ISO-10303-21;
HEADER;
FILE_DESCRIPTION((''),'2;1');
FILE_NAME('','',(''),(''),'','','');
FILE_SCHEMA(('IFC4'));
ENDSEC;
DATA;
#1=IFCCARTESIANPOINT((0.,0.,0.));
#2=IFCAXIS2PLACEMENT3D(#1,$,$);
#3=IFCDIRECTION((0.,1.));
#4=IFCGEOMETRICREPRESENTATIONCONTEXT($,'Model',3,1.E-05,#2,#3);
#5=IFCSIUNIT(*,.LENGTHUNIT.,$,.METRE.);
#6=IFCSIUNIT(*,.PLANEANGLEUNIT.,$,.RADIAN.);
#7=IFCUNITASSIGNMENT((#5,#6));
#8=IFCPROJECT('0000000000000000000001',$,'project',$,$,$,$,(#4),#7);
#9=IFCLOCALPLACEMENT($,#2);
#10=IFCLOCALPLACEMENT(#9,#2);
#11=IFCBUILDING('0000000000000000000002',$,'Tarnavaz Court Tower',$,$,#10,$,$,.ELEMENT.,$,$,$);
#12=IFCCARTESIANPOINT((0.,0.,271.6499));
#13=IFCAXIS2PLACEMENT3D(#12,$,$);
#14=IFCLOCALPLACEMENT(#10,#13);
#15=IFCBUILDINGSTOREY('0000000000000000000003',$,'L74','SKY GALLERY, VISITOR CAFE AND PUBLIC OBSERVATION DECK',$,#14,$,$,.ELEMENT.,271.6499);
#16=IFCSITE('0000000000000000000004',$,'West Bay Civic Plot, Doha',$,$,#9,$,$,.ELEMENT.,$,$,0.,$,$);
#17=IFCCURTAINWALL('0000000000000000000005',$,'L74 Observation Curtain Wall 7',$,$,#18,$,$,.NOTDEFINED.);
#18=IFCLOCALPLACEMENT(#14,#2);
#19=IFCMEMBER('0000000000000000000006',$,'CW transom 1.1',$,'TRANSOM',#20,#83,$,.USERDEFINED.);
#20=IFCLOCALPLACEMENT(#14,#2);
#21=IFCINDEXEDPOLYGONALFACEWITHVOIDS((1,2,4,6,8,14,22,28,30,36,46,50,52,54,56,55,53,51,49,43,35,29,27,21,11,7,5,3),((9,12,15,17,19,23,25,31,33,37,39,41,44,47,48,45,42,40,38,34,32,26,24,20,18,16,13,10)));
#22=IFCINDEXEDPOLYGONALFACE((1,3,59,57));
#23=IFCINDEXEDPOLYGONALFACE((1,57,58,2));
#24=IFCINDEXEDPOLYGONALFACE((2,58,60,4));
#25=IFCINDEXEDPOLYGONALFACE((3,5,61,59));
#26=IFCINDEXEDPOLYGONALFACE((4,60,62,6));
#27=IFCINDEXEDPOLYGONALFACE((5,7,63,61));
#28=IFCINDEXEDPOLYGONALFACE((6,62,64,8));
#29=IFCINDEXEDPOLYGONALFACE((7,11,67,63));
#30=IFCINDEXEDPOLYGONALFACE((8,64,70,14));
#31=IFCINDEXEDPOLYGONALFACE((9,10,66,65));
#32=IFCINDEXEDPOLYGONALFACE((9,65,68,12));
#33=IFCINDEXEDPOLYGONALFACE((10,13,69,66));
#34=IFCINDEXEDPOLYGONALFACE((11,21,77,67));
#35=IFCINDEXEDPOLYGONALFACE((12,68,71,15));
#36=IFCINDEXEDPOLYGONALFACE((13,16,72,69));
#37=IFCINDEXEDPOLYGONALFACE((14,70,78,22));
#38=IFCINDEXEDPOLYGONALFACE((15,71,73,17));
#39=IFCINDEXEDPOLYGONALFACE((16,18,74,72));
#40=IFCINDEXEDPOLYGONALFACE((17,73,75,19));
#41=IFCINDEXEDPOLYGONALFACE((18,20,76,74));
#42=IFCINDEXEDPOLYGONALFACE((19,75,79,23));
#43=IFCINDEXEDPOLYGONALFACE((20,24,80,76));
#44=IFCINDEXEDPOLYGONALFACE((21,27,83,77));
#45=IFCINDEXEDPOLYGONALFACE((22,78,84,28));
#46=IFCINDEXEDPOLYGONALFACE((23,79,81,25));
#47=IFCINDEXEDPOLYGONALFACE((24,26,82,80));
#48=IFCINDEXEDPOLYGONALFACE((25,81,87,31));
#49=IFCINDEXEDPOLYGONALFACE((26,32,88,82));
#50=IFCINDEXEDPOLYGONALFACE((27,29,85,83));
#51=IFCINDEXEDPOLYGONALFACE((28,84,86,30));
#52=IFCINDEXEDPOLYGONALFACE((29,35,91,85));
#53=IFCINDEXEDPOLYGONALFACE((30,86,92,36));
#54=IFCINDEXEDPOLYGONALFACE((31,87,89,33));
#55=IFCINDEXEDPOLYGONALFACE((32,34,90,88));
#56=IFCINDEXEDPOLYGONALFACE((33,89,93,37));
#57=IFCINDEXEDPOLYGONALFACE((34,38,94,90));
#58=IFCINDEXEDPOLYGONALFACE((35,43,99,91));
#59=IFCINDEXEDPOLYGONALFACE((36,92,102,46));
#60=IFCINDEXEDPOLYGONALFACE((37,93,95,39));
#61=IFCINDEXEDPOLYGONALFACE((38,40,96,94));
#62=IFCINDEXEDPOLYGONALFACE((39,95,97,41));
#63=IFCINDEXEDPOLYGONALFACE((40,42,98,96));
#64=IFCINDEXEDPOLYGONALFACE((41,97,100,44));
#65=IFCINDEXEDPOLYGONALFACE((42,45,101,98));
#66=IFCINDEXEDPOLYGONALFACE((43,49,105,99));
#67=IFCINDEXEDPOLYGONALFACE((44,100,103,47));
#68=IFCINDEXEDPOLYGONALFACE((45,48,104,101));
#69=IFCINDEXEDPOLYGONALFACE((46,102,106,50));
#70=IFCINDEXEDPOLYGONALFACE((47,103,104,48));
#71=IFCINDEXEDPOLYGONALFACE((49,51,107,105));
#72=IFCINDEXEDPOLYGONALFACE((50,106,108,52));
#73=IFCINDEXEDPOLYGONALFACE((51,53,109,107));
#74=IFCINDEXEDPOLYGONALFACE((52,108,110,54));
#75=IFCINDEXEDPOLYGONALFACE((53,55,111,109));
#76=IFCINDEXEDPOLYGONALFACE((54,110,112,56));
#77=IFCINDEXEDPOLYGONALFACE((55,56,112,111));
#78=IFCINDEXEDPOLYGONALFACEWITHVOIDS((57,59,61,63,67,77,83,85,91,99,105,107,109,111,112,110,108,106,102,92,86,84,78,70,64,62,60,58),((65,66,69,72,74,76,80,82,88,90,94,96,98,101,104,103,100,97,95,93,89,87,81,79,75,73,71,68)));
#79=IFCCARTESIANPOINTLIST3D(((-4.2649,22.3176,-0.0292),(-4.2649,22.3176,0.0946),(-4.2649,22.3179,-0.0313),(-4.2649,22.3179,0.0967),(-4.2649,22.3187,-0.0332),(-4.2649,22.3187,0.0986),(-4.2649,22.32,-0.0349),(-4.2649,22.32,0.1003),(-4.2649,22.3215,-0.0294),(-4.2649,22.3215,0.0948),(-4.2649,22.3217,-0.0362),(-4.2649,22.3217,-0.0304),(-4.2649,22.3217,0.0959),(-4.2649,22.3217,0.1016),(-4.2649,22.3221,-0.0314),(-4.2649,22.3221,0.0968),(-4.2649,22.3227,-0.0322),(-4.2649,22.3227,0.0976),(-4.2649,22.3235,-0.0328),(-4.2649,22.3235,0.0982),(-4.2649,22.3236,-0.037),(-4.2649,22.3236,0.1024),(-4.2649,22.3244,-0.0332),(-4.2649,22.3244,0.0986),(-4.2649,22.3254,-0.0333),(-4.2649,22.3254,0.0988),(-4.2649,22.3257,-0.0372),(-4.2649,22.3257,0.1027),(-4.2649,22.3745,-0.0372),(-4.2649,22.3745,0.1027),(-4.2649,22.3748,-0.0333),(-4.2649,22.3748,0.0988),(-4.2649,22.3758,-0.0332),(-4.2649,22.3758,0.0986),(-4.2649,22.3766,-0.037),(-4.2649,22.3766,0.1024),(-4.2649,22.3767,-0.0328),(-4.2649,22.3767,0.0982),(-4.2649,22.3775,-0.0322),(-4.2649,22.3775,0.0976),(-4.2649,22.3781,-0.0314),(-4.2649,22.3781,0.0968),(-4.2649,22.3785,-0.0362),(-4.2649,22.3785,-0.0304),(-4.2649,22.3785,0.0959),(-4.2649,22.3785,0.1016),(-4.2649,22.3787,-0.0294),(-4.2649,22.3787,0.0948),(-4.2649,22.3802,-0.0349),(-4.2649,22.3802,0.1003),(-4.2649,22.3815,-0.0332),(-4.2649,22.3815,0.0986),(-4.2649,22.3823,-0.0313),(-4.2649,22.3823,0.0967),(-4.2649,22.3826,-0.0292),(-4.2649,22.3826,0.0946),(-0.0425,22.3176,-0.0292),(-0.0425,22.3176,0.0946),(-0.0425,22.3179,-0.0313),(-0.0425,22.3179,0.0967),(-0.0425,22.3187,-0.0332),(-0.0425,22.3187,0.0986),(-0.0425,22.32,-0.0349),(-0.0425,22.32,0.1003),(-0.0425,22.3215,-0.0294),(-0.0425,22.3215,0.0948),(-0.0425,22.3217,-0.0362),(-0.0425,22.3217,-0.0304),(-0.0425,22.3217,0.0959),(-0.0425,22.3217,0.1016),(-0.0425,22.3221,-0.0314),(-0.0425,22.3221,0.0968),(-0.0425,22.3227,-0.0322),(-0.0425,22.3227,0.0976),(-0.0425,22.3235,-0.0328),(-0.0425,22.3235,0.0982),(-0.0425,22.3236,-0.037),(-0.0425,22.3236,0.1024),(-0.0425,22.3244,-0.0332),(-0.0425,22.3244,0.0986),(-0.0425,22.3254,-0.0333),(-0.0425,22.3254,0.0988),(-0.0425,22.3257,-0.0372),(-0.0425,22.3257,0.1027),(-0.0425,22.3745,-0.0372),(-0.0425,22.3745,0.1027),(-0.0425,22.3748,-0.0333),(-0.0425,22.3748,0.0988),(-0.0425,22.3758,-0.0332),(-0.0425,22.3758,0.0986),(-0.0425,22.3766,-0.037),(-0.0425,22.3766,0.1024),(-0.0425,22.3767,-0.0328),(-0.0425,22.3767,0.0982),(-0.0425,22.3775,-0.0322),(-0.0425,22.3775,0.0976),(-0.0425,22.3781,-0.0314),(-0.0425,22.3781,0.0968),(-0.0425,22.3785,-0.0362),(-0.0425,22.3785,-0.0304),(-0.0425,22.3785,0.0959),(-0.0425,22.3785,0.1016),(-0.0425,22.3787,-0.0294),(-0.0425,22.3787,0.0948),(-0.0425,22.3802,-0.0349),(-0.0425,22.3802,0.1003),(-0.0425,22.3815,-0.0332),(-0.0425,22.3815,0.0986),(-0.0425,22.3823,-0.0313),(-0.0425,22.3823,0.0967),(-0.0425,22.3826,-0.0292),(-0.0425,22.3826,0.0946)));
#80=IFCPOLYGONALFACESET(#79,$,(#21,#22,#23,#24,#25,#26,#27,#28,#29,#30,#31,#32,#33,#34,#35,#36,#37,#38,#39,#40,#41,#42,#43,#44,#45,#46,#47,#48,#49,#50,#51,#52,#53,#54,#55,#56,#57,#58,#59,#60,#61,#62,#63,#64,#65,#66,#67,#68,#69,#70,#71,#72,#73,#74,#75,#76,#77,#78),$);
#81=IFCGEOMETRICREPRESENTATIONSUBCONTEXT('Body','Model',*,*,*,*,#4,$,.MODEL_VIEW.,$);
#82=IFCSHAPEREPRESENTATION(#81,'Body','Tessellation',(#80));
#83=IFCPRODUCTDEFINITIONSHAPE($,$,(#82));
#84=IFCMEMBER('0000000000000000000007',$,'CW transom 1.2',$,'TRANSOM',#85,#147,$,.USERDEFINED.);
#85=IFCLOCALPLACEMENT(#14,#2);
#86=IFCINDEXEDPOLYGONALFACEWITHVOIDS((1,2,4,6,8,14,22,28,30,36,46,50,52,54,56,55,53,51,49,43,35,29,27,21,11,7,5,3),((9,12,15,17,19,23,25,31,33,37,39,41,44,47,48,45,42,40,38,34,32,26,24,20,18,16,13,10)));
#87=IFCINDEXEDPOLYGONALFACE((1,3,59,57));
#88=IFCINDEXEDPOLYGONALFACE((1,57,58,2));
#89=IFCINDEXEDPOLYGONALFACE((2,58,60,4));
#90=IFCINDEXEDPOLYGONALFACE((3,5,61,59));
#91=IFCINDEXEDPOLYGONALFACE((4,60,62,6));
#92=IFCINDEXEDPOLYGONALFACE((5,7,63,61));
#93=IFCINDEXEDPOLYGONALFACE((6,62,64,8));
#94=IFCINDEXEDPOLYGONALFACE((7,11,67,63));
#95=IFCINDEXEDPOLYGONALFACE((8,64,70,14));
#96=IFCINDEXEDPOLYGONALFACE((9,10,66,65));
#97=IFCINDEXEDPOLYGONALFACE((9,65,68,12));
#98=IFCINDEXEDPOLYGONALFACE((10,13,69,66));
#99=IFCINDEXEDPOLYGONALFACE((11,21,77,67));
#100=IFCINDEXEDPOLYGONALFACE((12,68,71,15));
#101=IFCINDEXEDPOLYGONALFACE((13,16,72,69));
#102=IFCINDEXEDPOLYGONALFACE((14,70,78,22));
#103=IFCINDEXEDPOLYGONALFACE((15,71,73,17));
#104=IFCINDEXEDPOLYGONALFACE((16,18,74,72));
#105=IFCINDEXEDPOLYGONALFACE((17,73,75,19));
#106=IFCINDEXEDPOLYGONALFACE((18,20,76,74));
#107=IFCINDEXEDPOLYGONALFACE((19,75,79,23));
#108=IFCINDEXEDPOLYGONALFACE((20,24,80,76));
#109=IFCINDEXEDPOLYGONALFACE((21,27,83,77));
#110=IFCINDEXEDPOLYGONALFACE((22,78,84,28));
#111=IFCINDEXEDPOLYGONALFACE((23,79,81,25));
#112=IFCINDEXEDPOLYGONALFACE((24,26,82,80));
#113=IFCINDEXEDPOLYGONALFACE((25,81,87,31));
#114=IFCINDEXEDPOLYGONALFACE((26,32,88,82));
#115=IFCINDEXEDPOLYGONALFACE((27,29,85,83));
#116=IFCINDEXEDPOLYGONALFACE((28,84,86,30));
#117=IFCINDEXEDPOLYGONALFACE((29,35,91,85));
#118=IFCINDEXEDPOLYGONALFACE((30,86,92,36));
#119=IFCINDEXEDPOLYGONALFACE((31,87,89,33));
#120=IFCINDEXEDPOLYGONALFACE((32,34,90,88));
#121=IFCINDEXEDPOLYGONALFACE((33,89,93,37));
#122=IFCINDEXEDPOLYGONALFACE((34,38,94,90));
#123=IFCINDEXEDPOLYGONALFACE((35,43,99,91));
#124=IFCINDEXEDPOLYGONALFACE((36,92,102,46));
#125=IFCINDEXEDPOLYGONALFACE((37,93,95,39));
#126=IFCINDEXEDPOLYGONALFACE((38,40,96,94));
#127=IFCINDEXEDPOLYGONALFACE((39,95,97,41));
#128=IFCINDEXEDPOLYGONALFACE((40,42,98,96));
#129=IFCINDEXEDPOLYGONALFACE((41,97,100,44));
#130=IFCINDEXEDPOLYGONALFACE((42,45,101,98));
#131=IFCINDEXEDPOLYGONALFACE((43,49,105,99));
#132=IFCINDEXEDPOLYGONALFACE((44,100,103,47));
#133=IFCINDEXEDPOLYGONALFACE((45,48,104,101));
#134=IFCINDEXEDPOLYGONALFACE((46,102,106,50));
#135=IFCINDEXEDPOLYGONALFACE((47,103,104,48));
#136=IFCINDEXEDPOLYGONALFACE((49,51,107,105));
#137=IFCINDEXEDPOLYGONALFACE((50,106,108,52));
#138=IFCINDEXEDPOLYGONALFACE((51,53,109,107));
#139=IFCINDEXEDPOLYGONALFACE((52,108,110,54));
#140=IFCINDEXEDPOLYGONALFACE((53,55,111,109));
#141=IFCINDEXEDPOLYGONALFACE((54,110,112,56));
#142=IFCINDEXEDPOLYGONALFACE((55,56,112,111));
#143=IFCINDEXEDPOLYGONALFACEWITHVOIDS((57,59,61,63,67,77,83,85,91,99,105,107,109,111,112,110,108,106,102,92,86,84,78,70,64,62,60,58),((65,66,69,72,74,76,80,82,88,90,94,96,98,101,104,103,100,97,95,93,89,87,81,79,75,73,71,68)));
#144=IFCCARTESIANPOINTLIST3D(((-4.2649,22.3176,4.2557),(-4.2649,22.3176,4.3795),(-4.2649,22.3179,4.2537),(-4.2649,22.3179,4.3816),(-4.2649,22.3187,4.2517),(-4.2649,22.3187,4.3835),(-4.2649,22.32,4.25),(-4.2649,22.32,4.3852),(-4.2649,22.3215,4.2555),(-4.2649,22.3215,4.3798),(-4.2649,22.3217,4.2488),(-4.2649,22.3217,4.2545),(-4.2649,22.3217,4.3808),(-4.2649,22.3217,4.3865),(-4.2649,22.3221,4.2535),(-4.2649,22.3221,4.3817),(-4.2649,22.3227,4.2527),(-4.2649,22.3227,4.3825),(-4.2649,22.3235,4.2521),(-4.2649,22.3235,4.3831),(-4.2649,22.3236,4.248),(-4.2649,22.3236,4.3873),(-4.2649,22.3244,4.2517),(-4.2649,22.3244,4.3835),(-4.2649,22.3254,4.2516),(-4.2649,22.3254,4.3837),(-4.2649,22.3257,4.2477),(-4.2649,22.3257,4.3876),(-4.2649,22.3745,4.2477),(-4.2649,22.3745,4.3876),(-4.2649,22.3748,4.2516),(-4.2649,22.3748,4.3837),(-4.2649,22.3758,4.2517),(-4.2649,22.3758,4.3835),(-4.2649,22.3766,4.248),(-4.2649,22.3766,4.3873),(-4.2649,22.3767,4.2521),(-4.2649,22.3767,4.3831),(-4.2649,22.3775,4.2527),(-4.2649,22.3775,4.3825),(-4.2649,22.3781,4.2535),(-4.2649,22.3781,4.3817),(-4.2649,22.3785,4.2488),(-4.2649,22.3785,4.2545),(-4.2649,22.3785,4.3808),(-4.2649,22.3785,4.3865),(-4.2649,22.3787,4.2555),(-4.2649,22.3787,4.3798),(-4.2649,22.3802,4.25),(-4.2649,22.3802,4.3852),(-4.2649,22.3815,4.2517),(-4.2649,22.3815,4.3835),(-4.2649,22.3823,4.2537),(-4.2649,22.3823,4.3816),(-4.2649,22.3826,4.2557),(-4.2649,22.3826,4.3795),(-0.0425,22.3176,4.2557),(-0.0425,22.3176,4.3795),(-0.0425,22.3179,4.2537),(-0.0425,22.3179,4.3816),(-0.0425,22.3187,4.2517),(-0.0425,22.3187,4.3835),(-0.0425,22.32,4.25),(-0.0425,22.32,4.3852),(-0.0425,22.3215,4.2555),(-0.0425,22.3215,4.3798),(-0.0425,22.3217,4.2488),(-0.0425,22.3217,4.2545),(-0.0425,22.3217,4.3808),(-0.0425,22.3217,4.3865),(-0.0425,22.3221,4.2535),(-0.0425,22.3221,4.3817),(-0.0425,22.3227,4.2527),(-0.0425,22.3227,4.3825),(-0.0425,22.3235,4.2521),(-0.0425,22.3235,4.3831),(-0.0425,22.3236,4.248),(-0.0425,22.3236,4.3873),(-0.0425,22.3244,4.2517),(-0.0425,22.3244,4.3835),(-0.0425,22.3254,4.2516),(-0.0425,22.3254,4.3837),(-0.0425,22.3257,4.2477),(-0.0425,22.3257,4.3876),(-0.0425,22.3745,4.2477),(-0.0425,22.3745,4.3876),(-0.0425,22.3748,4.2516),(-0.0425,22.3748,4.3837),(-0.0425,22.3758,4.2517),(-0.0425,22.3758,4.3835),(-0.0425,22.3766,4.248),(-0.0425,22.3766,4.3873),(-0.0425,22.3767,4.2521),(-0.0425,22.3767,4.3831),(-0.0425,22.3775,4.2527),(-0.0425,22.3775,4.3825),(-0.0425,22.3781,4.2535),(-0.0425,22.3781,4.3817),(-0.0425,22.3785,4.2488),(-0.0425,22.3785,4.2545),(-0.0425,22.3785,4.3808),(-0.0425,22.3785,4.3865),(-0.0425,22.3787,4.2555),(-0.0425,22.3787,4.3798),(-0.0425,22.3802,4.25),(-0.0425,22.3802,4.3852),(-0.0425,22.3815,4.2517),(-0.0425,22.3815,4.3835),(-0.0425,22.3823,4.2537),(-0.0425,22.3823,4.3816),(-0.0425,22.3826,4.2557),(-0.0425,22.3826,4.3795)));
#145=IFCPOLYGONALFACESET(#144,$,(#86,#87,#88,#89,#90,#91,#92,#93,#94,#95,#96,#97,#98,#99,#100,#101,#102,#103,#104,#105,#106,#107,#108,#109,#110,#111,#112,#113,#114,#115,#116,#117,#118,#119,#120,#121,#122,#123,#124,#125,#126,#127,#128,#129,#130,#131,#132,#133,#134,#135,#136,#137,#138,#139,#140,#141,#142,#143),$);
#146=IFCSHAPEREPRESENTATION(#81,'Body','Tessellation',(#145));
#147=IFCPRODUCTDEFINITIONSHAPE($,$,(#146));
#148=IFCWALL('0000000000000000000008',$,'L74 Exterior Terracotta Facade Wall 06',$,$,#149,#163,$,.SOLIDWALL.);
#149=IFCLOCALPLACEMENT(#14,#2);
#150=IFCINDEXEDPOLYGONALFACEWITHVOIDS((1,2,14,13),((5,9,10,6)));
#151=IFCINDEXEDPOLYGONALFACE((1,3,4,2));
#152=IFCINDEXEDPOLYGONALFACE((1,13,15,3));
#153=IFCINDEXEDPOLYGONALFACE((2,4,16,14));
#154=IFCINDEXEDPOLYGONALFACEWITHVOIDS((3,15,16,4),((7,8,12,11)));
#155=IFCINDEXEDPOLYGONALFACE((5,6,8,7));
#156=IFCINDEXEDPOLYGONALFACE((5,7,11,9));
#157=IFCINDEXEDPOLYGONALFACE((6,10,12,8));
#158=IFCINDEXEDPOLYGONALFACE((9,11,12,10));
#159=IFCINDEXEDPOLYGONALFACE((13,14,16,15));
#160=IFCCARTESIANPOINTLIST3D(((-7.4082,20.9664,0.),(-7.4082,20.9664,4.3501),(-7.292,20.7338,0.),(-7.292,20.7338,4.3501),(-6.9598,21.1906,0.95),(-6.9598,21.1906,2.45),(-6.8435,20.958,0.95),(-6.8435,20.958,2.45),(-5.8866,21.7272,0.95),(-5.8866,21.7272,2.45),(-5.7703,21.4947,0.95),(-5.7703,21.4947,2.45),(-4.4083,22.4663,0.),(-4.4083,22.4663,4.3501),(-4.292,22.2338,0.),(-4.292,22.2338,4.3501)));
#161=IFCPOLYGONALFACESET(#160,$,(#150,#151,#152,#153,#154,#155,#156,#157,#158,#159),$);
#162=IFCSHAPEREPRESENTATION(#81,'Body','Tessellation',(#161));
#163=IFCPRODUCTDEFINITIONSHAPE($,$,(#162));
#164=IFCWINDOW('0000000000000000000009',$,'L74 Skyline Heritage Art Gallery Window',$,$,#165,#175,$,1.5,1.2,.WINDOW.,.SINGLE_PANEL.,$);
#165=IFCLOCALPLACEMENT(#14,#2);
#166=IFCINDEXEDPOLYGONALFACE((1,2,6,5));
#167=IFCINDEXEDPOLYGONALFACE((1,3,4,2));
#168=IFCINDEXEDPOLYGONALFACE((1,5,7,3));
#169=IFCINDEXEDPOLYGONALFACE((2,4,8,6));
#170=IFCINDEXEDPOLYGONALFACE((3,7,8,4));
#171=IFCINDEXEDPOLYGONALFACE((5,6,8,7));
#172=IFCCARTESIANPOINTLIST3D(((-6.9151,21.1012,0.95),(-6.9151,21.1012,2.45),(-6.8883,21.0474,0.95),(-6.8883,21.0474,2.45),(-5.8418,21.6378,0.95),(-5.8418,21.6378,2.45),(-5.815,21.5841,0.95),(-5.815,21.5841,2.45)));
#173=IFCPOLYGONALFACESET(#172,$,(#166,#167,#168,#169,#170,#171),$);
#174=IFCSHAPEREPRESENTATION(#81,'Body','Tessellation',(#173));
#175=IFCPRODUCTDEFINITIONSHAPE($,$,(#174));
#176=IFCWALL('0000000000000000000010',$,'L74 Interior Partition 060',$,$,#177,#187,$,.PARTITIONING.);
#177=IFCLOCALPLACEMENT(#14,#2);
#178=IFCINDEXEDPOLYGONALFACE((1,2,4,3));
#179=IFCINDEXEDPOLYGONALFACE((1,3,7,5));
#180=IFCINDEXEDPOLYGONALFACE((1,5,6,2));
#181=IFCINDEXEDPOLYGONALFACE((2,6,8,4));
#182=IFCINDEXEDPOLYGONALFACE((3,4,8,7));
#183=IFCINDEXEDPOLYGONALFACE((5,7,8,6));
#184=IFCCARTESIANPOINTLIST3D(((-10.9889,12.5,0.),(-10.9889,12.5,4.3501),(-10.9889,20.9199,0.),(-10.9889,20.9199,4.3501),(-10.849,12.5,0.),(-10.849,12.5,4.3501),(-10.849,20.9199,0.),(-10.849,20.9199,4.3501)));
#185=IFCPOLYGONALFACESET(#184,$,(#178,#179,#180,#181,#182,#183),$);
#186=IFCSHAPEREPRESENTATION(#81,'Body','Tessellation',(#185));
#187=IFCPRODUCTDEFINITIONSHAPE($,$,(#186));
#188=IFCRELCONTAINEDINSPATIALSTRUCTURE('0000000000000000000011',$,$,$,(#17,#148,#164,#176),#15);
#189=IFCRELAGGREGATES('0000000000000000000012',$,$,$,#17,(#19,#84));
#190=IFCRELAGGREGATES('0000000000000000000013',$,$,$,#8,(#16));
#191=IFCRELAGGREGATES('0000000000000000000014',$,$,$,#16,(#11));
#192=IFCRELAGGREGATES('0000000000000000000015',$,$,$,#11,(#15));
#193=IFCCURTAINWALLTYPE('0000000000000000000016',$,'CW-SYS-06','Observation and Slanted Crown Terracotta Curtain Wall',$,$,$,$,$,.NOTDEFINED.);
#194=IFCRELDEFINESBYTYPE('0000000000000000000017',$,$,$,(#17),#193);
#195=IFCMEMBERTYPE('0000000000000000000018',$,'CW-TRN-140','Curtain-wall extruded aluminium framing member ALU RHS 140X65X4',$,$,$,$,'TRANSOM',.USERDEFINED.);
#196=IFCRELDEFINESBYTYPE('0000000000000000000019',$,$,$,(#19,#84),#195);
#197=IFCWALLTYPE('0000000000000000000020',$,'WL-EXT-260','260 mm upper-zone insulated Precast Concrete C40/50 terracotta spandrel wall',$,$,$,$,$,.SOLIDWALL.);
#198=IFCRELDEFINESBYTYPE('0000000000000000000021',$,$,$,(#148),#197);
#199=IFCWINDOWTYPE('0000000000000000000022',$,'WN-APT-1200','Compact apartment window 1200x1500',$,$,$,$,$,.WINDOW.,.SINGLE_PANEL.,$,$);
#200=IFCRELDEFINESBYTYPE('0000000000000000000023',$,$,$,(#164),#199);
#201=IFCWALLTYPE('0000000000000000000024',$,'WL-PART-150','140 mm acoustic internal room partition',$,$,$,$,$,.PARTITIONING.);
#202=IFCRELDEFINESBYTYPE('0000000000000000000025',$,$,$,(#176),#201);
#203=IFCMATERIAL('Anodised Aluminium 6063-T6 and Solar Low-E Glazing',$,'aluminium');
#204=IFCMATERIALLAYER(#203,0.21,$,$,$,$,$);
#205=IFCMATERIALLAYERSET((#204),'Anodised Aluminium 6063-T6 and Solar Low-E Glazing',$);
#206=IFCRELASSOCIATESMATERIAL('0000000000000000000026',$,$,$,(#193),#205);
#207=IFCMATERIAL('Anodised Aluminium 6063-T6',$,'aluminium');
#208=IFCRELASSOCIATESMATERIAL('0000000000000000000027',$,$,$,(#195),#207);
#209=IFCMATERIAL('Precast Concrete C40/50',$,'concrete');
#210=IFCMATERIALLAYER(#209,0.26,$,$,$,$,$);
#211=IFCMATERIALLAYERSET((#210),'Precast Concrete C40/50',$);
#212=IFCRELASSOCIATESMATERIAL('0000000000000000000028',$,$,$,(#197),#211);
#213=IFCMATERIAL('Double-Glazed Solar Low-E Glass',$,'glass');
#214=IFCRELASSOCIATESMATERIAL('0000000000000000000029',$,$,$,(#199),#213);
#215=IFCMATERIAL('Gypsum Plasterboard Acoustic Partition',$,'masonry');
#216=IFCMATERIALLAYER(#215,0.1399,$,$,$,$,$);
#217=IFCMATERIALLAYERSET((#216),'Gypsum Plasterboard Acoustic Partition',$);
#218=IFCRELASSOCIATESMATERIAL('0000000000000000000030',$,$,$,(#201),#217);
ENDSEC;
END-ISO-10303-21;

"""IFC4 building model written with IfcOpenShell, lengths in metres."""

from ifc_helpers import new_model, si_unit, direction, frame, frame_2d, origin, origin_2d, place, context, subcontext, project, spatial, rectangle, hollow_rectangle, extrude, material, layer, layer_set, material_profile, profile_set, type_object, element, fill, aggregate, save


model = new_model("IFC4")

# Units and contexts
model_context = context("Model", 3, precision=1e-05, world=origin(), true_north=direction((0.0, 1.0)))
body_context = subcontext(model_context, "Body", "Model", "MODEL_VIEW")
ifc_project = project(units=[si_unit("LENGTHUNIT", "METRE"), si_unit("PLANEANGLEUNIT", "RADIAN")], contexts=[model_context])

# Site, building, storey
site_placement = place(None, origin())
site = spatial("IfcSite", under=ifc_project, at=site_placement, Name="West Bay Civic Plot, Doha", CompositionType="ELEMENT", RefElevation=0.0)
building_placement = place(site_placement, origin())
building = spatial("IfcBuilding", under=site, at=building_placement, Name="Tarnavaz Court Tower", CompositionType="ELEMENT")
storey_placement = place(building_placement, frame((0.0, 0.0, 271.6499)))
storey = spatial("IfcBuildingStorey", under=building, at=storey_placement, Name="L74", Description="SKY GALLERY, VISITOR CAFE AND PUBLIC OBSERVATION DECK", CompositionType="ELEMENT", Elevation=271.6499)

# Curtain wall, members
ifc_material_1 = material(Name="Anodised Aluminium 6063-T6 and Solar Low-E Glazing", Category="aluminium")
ifc_layer_1 = layer(ifc_material_1, 0.21)
ifc_layer_set_1 = layer_set([ifc_layer_1], Name="Anodised Aluminium 6063-T6 and Solar Low-E Glazing")
curtain_wall_type = type_object("IfcCurtainWallType", Name="CW-SYS-06", Description="Observation and Slanted Crown Terracotta Curtain Wall", PredefinedType="NOTDEFINED", material=ifc_layer_set_1)
curtain_wall_placement = place(storey_placement, origin())
curtain_wall = element("IfcCurtainWall", 1, at=curtain_wall_placement, inside=storey, type_object=curtain_wall_type, Name="L74 Observation Curtain Wall 7", PredefinedType="NOTDEFINED")
ifc_material_2 = material(Name="Anodised Aluminium 6063-T6", Category="aluminium")
ifc_material_profile_1 = material_profile(ifc_material_2, hollow_rectangle(XDim=0.0649, YDim=0.1399, WallThickness=0.0039, InnerFilletRadius=0.0039, OuterFilletRadius=0.0081, at=origin_2d()), Name="ALU RHS 140X65X4")
ifc_profile_set_1 = profile_set([ifc_material_profile_1], Name="Anodised Aluminium 6063-T6")
member_type_1 = type_object("IfcMemberType", Name="CW-TRN-140", Description="Curtain-wall extruded aluminium framing member ALU RHS 140X65X4", ElementType="TRANSOM", PredefinedType="USERDEFINED", material=ifc_profile_set_1)
member_1_placement = place(storey_placement, frame((-4.2649, 22.3501, 0.0327), z_axis=(1.0, 0.0, 0.0), x_axis=(0.0, 1.0, 0.0)))
member_1 = element("IfcMember", 2, at=member_1_placement, type_object=member_type_1, Name="CW transom 1.1", ObjectType="TRANSOM", PredefinedType="USERDEFINED", context=body_context, shape_type="SweptSolid", body=[
    extrude(hollow_rectangle(XDim=0.0649, YDim=0.1399, WallThickness=0.0039, InnerFilletRadius=0.0039, OuterFilletRadius=0.0081, at=origin_2d()), origin(), (0.0, 0.0, 1.0), 4.2224),
])
member_2_placement = place(storey_placement, frame((-4.2649, 22.3501, 4.3176), z_axis=(1.0, 0.0, 0.0), x_axis=(0.0, 1.0, 0.0)))
member_2 = element("IfcMember", 3, at=member_2_placement, type_object=member_type_1, Name="CW transom 1.2", ObjectType="TRANSOM", PredefinedType="USERDEFINED", context=body_context, shape_type="SweptSolid", body=[
    extrude(hollow_rectangle(XDim=0.0649, YDim=0.1399, WallThickness=0.0039, InnerFilletRadius=0.0039, OuterFilletRadius=0.0081, at=origin_2d()), origin(), (0.0, 0.0, 1.0), 4.2224),
])
aggregate(curtain_wall, [member_1, member_2])

# Wall, opening, window
ifc_material_3 = material(Name="Precast Concrete C40/50", Category="concrete")
ifc_layer_2 = layer(ifc_material_3, 0.26)
ifc_layer_set_2 = layer_set([ifc_layer_2], Name="Precast Concrete C40/50")
wall_type_1 = type_object("IfcWallType", Name="WL-EXT-260", Description="260 mm upper-zone insulated Precast Concrete C40/50 terracotta spandrel wall", PredefinedType="SOLIDWALL", material=ifc_layer_set_2)
wall_1_placement = place(storey_placement, frame((-7.3501, 20.8501, 0.0), z_axis=(0.0, 0.0, 1.0), x_axis=(0.894427, 0.447214, 0.0)))
wall_1 = element("IfcWall", 4, at=wall_1_placement, inside=storey, type_object=wall_type_1, Name="L74 Exterior Terracotta Facade Wall 06", PredefinedType="SOLIDWALL", context=body_context, shape_type="SweptSolid", body=[
    extrude(rectangle(XDim=3.354, YDim=0.26, at=frame_2d((1.677, 0.0))), origin(), (0.0, 0.0, 1.0), 4.3501),
])
opening_placement = place(wall_1_placement, frame((0.5012, 0.0, 0.95)))
opening = element("IfcOpeningElement", 5, at=opening_placement, cuts=wall_1, PredefinedType="OPENING", context=body_context, shape_type="SweptSolid", body=[
    extrude(rectangle(XDim=1.2, YDim=1.5, at=frame_2d((0.6001, 0.75))), frame((0.0, 0.1399, 0.0), z_axis=(0.0, -1.0, 0.0), x_axis=(1.0, 0.0, 0.0)), (0.0, 0.0, 1.0), 0.28),
])
ifc_material_4 = material(Name="Double-Glazed Solar Low-E Glass", Category="glass")
window_type = type_object("IfcWindowType", Name="WN-APT-1200", Description="Compact apartment window 1200x1500", PartitioningType="SINGLE_PANEL", PredefinedType="WINDOW", material=ifc_material_4)
window_placement = place(opening_placement, origin())
window = element("IfcWindow", 6, at=window_placement, inside=storey, type_object=window_type, Name="L74 Skyline Heritage Art Gallery Window", OverallHeight=1.5, OverallWidth=1.2, PartitioningType="SINGLE_PANEL", PredefinedType="WINDOW", context=body_context, shape_type="SweptSolid", body=[
    extrude(rectangle(XDim=1.2, YDim=1.5, at=frame_2d((0.6001, 0.75))), frame((0.0, 0.03, 0.0), z_axis=(0.0, -1.0, 0.0), x_axis=(1.0, 0.0, 0.0)), (0.0, 0.0, 1.0), 0.0601),
])
fill(opening, window)

# Wall
ifc_material_5 = material(Name="Gypsum Plasterboard Acoustic Partition", Category="masonry")
ifc_layer_3 = layer(ifc_material_5, 0.1399)
ifc_layer_set_3 = layer_set([ifc_layer_3], Name="Gypsum Plasterboard Acoustic Partition")
wall_type_2 = type_object("IfcWallType", Name="WL-PART-150", Description="140 mm acoustic internal room partition", PredefinedType="PARTITIONING", material=ifc_layer_set_3)
wall_2_placement = place(storey_placement, frame((-10.9189, 12.5, 0.0), z_axis=(0.0, 0.0, 1.0), x_axis=(0.0, 1.0, 0.0)))
element("IfcWall", 7, at=wall_2_placement, inside=storey, type_object=wall_type_2, Name="L74 Interior Partition 060", PredefinedType="PARTITIONING", context=body_context, shape_type="SweptSolid", body=[
    extrude(rectangle(XDim=8.4199, YDim=0.1399, at=frame_2d((4.21, 0.0))), origin(), (0.0, 0.0, 1.0), 4.3501),
])

save(model, "model.ifc")
